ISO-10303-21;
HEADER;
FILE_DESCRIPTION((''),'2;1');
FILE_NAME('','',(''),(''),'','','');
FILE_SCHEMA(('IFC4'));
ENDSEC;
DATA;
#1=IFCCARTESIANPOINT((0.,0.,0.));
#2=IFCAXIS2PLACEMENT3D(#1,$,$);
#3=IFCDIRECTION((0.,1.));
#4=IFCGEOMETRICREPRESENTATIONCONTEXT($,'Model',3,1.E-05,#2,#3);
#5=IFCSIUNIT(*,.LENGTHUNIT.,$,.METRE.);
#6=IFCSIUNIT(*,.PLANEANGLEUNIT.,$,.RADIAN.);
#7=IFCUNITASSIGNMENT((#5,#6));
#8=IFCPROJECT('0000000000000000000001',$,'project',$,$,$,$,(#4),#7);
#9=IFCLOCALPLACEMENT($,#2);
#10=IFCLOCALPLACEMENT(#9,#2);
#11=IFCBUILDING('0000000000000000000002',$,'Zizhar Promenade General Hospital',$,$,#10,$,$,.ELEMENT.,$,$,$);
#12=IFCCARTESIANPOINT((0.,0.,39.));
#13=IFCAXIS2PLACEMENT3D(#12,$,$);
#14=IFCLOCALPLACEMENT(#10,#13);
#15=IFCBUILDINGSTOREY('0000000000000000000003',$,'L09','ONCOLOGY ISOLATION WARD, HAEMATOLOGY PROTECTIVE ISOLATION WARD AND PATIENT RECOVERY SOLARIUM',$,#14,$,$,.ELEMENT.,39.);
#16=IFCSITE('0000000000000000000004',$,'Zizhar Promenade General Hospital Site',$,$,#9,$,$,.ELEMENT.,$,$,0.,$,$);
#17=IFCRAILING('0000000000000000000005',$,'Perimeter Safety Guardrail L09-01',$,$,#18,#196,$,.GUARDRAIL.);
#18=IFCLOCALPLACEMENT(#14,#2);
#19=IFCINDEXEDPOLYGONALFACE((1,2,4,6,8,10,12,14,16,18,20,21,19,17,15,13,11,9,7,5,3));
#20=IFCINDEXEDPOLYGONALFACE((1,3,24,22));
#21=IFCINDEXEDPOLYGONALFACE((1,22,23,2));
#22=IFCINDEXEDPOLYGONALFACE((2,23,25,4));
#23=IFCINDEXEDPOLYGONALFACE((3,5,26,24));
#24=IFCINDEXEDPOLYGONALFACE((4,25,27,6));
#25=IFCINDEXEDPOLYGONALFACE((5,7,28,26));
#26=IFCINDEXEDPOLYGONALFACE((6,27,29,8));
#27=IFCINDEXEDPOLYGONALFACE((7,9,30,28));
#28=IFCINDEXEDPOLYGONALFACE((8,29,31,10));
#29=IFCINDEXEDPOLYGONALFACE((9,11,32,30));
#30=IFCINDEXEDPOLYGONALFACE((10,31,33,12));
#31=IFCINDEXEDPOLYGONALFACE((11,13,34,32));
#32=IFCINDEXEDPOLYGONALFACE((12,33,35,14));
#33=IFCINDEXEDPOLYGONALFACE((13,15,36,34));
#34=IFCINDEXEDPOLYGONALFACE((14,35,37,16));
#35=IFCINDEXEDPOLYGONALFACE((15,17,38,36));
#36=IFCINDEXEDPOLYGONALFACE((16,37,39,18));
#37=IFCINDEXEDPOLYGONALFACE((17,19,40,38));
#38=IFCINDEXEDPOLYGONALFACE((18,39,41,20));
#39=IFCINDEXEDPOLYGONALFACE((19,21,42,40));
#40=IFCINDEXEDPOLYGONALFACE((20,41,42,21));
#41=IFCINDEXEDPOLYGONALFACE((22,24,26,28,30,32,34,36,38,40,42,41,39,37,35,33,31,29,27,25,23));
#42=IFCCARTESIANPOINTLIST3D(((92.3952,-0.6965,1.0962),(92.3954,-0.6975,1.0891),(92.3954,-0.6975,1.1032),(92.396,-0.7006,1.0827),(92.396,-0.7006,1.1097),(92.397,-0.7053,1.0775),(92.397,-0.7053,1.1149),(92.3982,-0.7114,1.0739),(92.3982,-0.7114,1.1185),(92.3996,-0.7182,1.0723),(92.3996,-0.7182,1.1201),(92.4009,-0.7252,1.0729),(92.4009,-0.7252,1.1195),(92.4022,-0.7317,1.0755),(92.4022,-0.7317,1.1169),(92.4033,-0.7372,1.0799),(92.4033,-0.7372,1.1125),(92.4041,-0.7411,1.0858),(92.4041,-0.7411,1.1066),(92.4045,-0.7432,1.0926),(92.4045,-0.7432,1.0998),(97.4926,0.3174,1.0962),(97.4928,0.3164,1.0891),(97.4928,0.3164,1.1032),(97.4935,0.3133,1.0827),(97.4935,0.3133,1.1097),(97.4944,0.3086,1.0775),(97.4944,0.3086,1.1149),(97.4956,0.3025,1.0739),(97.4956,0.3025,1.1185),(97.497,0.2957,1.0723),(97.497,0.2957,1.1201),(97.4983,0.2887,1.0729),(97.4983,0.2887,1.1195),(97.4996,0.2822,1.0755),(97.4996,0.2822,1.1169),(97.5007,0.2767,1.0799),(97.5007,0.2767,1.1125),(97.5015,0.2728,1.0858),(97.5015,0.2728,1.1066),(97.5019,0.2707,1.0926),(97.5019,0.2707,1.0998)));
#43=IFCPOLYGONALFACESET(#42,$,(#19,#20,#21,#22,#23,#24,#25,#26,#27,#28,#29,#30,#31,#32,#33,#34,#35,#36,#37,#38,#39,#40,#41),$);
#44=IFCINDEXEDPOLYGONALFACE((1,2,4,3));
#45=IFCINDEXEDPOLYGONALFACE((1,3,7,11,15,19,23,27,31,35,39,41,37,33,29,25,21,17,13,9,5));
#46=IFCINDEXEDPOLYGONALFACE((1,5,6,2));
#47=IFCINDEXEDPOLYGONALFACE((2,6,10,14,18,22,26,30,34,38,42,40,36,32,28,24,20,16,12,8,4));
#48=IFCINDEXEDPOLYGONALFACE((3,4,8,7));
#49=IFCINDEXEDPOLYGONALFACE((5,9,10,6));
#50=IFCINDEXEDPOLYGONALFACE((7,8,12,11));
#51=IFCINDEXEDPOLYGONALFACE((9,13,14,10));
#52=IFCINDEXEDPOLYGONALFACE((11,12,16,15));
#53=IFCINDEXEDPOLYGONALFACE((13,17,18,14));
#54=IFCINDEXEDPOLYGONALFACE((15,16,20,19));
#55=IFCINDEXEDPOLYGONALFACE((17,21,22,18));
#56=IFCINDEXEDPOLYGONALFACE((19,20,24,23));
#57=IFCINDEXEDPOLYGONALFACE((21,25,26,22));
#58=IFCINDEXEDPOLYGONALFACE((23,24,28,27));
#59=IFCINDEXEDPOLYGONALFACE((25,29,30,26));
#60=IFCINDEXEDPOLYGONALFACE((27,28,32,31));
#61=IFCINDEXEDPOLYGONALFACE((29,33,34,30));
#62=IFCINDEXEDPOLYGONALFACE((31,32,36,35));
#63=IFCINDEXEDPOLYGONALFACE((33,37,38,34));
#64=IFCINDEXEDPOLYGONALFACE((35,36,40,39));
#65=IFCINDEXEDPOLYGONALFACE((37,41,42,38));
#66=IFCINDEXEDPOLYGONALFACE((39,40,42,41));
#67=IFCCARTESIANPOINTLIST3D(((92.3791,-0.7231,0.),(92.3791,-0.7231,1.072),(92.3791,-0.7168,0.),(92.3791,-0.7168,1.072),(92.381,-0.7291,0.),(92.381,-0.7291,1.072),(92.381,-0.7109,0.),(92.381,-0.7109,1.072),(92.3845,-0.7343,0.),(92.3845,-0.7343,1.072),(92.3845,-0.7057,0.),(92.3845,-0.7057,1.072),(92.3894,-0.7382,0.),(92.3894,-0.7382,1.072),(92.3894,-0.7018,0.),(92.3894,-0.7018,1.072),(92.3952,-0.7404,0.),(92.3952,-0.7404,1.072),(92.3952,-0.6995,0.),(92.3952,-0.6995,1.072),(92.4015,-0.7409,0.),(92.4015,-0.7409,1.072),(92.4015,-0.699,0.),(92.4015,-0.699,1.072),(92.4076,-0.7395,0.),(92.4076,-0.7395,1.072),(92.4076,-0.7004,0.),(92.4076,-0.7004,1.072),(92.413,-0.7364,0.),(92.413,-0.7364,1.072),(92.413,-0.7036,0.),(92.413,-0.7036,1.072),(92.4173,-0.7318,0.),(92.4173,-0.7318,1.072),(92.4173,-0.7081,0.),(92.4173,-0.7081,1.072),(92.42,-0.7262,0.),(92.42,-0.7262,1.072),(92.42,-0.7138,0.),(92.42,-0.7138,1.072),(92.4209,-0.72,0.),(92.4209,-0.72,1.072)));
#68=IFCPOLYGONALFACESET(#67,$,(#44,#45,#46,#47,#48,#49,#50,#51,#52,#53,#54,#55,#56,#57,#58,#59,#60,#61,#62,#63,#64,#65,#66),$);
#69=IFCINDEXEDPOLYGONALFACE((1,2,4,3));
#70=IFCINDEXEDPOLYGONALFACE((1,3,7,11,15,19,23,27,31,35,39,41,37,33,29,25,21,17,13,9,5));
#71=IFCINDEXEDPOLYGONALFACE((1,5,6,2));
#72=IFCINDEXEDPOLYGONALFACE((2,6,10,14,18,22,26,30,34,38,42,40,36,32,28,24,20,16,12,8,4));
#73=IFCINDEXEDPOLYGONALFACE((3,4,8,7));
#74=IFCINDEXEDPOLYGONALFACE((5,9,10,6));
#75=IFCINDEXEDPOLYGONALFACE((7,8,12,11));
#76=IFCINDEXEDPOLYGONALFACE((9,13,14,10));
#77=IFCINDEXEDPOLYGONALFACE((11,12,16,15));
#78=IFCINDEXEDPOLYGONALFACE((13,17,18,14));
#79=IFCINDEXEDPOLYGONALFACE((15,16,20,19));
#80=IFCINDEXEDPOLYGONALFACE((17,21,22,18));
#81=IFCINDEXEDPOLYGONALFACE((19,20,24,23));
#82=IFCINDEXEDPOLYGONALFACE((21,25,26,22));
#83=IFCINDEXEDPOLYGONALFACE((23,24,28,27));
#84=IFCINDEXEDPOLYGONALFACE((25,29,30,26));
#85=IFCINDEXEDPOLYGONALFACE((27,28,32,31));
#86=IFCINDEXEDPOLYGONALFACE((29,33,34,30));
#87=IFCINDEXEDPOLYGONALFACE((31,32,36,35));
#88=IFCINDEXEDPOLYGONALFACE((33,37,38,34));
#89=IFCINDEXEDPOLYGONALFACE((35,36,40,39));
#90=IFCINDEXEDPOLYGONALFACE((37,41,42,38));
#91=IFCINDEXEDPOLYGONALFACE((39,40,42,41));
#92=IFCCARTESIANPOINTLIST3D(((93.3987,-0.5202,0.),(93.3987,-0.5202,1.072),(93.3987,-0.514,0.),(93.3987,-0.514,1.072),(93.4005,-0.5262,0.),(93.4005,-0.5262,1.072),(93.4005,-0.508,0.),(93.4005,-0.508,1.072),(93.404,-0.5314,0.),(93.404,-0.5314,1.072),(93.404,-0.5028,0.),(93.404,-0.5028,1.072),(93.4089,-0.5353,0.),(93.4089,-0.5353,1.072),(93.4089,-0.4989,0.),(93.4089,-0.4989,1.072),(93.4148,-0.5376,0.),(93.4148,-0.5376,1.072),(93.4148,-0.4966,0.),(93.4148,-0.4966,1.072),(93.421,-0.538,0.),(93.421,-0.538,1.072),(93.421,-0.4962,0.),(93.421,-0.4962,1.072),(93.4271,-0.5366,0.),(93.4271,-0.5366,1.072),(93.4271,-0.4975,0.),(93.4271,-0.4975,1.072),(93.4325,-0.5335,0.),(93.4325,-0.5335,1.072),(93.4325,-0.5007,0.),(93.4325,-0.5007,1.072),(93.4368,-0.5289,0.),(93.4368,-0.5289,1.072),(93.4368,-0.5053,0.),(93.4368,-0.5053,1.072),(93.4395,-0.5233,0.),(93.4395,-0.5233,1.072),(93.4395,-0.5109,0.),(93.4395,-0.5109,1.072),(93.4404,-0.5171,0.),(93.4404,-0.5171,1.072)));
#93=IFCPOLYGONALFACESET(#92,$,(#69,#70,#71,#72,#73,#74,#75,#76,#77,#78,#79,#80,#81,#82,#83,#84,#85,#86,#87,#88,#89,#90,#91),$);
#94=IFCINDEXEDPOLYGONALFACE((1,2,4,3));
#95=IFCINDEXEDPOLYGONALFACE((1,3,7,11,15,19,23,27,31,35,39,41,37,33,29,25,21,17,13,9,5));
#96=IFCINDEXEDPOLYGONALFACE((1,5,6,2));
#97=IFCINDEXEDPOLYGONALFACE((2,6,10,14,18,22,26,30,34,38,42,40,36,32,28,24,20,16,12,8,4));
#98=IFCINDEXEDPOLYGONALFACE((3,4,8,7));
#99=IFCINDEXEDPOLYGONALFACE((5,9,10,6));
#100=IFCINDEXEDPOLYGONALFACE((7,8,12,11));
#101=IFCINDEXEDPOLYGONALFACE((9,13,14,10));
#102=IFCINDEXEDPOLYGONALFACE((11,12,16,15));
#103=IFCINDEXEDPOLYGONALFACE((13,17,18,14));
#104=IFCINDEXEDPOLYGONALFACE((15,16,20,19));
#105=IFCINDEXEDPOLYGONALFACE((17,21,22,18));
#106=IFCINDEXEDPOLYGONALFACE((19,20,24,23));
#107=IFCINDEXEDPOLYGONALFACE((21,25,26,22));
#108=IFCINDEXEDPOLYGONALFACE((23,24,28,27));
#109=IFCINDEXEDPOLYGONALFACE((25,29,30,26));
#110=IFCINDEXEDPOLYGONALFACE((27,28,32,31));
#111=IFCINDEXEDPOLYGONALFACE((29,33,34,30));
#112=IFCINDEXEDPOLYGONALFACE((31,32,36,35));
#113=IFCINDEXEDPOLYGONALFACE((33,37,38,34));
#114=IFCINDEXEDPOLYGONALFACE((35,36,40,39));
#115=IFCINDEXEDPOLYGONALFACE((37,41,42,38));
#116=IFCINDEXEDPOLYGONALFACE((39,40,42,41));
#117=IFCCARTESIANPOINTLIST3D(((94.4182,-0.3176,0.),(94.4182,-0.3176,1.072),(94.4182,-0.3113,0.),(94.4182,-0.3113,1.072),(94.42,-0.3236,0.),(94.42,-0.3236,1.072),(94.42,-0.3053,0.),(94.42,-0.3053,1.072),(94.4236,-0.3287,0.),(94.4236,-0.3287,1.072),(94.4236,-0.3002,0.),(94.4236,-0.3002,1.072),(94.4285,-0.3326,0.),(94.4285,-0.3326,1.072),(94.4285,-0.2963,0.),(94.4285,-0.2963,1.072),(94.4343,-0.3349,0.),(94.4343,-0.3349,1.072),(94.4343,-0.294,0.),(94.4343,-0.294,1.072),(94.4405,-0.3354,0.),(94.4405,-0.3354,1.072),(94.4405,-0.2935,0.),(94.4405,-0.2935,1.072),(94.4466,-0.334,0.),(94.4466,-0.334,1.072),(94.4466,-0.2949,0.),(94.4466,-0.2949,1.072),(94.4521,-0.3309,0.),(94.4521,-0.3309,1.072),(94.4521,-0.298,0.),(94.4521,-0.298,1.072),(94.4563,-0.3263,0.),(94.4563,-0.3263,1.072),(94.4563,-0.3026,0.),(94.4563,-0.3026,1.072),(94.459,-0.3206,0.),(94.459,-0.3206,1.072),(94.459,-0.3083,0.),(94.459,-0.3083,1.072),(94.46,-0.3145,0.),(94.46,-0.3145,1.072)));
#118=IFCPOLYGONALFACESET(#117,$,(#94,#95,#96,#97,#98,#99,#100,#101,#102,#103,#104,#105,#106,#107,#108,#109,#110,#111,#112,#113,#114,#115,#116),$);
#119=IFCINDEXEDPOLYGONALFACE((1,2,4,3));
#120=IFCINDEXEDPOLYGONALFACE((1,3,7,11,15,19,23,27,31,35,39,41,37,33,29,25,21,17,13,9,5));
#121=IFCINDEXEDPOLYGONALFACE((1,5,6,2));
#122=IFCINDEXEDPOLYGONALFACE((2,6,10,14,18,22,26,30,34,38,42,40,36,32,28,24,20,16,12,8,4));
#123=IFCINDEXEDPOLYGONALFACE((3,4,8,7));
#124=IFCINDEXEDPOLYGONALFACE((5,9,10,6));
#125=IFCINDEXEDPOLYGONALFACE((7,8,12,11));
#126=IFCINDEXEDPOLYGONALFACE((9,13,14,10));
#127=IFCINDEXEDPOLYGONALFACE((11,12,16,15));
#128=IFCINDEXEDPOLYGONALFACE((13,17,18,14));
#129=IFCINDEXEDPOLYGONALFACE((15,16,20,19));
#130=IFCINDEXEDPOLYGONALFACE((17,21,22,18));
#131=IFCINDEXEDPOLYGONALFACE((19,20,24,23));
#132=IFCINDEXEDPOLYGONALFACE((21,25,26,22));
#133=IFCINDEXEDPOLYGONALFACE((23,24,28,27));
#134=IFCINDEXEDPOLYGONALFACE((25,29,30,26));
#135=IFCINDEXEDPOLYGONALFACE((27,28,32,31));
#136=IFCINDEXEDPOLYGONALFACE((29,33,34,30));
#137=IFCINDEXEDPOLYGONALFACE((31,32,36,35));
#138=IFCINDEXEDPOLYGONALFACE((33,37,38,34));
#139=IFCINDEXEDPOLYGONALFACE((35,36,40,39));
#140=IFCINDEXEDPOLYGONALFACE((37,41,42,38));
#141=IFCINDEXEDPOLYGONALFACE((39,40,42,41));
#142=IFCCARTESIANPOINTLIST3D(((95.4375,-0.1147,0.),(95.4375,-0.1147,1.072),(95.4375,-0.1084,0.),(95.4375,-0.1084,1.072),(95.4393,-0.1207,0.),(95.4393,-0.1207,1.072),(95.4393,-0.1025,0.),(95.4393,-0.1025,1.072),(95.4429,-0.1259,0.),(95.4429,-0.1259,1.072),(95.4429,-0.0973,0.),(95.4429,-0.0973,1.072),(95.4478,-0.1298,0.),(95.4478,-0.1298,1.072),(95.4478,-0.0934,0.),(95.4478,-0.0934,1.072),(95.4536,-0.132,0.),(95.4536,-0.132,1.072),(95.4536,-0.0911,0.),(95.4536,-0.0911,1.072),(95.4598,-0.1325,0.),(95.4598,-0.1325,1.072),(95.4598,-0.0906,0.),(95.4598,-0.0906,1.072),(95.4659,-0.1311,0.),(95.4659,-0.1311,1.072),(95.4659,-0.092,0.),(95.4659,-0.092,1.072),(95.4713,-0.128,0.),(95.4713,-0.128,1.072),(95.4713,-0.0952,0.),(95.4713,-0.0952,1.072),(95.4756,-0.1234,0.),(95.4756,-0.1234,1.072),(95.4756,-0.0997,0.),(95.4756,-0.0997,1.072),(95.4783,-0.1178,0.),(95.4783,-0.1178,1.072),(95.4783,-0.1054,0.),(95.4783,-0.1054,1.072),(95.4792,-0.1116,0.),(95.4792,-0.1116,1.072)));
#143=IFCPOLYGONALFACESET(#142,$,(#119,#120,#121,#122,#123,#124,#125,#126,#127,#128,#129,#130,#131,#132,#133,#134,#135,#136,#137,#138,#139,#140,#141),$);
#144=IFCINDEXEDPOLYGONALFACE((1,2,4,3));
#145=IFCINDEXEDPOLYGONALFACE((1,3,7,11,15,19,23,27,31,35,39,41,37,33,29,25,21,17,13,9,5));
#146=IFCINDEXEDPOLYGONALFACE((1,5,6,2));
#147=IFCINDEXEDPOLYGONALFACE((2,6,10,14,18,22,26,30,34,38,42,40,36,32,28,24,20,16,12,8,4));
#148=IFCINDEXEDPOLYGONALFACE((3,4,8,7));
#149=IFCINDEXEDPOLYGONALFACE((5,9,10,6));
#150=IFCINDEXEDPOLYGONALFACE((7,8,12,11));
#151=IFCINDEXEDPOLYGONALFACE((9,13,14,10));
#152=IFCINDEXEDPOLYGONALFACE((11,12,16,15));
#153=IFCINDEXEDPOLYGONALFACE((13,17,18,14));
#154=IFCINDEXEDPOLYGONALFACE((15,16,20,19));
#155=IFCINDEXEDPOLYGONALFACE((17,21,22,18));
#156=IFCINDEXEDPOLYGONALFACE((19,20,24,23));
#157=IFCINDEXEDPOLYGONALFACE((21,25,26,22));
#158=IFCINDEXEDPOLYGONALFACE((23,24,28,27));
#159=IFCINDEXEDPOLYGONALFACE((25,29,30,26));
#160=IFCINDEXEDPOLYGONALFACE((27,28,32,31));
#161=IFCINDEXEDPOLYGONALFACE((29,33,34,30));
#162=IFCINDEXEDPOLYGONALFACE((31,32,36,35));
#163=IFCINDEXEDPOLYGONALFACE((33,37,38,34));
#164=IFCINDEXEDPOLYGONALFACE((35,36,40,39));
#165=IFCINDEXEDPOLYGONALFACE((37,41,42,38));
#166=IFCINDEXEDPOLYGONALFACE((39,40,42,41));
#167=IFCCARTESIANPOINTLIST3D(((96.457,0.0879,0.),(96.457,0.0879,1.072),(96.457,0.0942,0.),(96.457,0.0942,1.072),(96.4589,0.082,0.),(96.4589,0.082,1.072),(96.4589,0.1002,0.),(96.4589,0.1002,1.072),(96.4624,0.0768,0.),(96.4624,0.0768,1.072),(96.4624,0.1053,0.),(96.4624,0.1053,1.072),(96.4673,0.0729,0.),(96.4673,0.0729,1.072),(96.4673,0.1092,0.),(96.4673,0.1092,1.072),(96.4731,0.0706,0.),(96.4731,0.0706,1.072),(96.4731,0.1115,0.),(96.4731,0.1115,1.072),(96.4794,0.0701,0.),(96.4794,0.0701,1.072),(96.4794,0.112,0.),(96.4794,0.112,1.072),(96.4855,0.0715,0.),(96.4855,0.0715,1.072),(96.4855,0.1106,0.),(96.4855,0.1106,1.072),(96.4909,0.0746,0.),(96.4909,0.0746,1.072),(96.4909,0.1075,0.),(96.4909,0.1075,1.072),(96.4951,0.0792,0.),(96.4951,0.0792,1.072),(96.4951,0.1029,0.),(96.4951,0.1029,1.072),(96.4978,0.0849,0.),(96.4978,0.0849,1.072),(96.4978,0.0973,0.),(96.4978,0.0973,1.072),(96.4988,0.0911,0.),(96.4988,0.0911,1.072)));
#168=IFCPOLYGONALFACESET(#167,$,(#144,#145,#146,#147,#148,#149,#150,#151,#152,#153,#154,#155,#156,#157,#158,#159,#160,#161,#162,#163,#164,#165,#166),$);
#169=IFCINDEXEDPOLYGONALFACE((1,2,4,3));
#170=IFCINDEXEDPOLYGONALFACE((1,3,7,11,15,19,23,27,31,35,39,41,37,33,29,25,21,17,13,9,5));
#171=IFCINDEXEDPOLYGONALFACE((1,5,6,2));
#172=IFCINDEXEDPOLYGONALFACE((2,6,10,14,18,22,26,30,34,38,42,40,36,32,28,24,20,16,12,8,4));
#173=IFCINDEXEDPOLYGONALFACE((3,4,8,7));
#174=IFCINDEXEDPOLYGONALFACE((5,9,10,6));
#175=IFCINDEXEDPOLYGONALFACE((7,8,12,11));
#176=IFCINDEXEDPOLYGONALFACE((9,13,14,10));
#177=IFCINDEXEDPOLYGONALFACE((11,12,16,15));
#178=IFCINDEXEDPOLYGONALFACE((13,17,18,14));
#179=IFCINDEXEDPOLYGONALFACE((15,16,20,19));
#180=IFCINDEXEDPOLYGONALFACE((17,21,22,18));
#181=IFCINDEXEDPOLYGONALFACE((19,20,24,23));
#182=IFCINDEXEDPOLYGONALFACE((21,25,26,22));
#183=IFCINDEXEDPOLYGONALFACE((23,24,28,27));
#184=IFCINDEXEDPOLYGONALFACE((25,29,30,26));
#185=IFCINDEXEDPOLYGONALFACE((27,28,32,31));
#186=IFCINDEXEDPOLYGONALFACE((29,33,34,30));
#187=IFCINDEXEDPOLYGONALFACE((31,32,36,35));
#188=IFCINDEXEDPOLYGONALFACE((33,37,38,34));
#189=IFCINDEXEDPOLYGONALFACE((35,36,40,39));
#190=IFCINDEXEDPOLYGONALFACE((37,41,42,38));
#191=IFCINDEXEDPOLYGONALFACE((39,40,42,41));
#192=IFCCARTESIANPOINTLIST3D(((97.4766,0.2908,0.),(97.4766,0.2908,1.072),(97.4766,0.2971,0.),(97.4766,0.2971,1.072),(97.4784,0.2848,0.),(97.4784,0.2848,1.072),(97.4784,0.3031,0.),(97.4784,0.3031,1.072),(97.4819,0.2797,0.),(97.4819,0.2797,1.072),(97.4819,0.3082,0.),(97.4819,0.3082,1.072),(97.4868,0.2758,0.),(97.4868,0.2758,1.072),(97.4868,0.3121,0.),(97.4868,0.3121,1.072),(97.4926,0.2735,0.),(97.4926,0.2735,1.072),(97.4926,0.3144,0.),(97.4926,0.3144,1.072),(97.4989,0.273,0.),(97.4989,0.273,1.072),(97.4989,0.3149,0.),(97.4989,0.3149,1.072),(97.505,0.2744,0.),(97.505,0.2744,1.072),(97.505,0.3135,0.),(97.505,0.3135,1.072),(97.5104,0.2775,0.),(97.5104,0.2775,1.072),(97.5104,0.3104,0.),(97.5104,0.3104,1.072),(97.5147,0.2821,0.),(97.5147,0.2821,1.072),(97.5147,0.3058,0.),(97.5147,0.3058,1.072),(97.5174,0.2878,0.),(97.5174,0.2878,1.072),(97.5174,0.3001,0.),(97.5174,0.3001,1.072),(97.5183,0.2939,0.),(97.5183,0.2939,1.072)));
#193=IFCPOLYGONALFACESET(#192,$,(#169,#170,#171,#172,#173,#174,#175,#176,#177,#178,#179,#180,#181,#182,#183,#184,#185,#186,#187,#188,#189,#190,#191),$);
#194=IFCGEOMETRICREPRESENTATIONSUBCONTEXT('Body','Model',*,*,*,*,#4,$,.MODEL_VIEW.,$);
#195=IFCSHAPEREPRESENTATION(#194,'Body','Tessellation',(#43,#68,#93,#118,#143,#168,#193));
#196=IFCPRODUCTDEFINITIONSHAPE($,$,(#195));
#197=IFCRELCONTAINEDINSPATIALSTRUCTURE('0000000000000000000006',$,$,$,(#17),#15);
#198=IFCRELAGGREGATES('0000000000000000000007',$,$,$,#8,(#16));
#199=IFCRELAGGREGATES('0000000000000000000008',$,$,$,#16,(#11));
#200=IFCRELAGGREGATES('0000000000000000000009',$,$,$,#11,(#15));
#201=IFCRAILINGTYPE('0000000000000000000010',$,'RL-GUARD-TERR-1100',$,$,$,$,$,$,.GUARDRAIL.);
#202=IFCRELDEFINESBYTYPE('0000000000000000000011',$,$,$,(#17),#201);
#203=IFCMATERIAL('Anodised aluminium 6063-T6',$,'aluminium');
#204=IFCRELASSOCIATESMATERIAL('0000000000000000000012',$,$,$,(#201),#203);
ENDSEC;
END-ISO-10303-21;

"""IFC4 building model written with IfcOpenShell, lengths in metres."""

from ifc_helpers import new_model, si_unit, direction, frame, origin, origin_2d, place, context, subcontext, project, spatial, circle, hollow_circle, extrude, material, material_profile, profile_set, type_object, element, save


model = new_model("IFC4")

# Units and contexts
model_context = context("Model", 3, precision=1e-05, world=origin(), true_north=direction((0.0, 1.0)))
body_context = subcontext(model_context, "Body", "Model", "MODEL_VIEW")
ifc_project = project(units=[si_unit("LENGTHUNIT", "METRE"), si_unit("PLANEANGLEUNIT", "RADIAN")], contexts=[model_context])

# Site, building, storey
site_placement = place(None, origin())
site = spatial("IfcSite", under=ifc_project, at=site_placement, Name="Zizhar Promenade General Hospital Site", CompositionType="ELEMENT", RefElevation=0.0)
building_placement = place(site_placement, origin())
building = spatial("IfcBuilding", under=site, at=building_placement, Name="Zizhar Promenade General Hospital", CompositionType="ELEMENT")
storey_placement = place(building_placement, frame((0.0, 0.0, 39.0)))
storey = spatial("IfcBuildingStorey", under=building, at=storey_placement, Name="L09", Description="ONCOLOGY ISOLATION WARD, HAEMATOLOGY PROTECTIVE ISOLATION WARD AND PATIENT RECOVERY SOLARIUM", CompositionType="ELEMENT", Elevation=39.0)

# Railing
ifc_material_1 = material(Name="Anodised aluminium 6063-T6", Category="aluminium")
ifc_material_profile_1 = material_profile(ifc_material_1, hollow_circle(Radius=0.0698, WallThickness=0.0063, at=origin_2d()))
ifc_profile_set_1 = profile_set([ifc_material_profile_1], Name="Anodised aluminium 6063-T6")
railing_type = type_object("IfcRailingType", Name="RL-GUARD-TERR-1100", PredefinedType="GUARDRAIL", material=ifc_profile_set_1)
railing_placement = place(storey_placement, frame((92.3999, -0.72, 0.0)))
element("IfcRailing", 1, at=railing_placement, inside=storey, type_object=railing_type, Name="Perimeter Safety Guardrail L09-01", PredefinedType="GUARDRAIL", context=body_context, shape_type="SweptSolid", body=[
    extrude(circle(Radius=0.0239, at=origin_2d()), frame((0.0, 0.0, 1.0962), z_axis=(0.980786, 0.195086, 0.0), x_axis=(-0.195086, 0.980786, 0.0)), (0.0, 0.0, 1.0), 5.1973),
    extrude(circle(Radius=0.021, at=origin_2d()), origin(), (0.0, 0.0, 1.0), 1.072),
    extrude(circle(Radius=0.021, at=origin_2d()), frame((1.0195, 0.2029, 0.0)), (0.0, 0.0, 1.0), 1.072),
    extrude(circle(Radius=0.021, at=origin_2d()), frame((2.0391, 0.4055, 0.0)), (0.0, 0.0, 1.0), 1.072),
    extrude(circle(Radius=0.021, at=origin_2d()), frame((3.0583, 0.6084, 0.0)), (0.0, 0.0, 1.0), 1.072),
    extrude(circle(Radius=0.021, at=origin_2d()), frame((4.0779, 0.811, 0.0)), (0.0, 0.0, 1.0), 1.072),
    extrude(circle(Radius=0.021, at=origin_2d()), frame((5.0974, 1.0139, 0.0)), (0.0, 0.0, 1.0), 1.072),
])

save(model, "model.ifc")
